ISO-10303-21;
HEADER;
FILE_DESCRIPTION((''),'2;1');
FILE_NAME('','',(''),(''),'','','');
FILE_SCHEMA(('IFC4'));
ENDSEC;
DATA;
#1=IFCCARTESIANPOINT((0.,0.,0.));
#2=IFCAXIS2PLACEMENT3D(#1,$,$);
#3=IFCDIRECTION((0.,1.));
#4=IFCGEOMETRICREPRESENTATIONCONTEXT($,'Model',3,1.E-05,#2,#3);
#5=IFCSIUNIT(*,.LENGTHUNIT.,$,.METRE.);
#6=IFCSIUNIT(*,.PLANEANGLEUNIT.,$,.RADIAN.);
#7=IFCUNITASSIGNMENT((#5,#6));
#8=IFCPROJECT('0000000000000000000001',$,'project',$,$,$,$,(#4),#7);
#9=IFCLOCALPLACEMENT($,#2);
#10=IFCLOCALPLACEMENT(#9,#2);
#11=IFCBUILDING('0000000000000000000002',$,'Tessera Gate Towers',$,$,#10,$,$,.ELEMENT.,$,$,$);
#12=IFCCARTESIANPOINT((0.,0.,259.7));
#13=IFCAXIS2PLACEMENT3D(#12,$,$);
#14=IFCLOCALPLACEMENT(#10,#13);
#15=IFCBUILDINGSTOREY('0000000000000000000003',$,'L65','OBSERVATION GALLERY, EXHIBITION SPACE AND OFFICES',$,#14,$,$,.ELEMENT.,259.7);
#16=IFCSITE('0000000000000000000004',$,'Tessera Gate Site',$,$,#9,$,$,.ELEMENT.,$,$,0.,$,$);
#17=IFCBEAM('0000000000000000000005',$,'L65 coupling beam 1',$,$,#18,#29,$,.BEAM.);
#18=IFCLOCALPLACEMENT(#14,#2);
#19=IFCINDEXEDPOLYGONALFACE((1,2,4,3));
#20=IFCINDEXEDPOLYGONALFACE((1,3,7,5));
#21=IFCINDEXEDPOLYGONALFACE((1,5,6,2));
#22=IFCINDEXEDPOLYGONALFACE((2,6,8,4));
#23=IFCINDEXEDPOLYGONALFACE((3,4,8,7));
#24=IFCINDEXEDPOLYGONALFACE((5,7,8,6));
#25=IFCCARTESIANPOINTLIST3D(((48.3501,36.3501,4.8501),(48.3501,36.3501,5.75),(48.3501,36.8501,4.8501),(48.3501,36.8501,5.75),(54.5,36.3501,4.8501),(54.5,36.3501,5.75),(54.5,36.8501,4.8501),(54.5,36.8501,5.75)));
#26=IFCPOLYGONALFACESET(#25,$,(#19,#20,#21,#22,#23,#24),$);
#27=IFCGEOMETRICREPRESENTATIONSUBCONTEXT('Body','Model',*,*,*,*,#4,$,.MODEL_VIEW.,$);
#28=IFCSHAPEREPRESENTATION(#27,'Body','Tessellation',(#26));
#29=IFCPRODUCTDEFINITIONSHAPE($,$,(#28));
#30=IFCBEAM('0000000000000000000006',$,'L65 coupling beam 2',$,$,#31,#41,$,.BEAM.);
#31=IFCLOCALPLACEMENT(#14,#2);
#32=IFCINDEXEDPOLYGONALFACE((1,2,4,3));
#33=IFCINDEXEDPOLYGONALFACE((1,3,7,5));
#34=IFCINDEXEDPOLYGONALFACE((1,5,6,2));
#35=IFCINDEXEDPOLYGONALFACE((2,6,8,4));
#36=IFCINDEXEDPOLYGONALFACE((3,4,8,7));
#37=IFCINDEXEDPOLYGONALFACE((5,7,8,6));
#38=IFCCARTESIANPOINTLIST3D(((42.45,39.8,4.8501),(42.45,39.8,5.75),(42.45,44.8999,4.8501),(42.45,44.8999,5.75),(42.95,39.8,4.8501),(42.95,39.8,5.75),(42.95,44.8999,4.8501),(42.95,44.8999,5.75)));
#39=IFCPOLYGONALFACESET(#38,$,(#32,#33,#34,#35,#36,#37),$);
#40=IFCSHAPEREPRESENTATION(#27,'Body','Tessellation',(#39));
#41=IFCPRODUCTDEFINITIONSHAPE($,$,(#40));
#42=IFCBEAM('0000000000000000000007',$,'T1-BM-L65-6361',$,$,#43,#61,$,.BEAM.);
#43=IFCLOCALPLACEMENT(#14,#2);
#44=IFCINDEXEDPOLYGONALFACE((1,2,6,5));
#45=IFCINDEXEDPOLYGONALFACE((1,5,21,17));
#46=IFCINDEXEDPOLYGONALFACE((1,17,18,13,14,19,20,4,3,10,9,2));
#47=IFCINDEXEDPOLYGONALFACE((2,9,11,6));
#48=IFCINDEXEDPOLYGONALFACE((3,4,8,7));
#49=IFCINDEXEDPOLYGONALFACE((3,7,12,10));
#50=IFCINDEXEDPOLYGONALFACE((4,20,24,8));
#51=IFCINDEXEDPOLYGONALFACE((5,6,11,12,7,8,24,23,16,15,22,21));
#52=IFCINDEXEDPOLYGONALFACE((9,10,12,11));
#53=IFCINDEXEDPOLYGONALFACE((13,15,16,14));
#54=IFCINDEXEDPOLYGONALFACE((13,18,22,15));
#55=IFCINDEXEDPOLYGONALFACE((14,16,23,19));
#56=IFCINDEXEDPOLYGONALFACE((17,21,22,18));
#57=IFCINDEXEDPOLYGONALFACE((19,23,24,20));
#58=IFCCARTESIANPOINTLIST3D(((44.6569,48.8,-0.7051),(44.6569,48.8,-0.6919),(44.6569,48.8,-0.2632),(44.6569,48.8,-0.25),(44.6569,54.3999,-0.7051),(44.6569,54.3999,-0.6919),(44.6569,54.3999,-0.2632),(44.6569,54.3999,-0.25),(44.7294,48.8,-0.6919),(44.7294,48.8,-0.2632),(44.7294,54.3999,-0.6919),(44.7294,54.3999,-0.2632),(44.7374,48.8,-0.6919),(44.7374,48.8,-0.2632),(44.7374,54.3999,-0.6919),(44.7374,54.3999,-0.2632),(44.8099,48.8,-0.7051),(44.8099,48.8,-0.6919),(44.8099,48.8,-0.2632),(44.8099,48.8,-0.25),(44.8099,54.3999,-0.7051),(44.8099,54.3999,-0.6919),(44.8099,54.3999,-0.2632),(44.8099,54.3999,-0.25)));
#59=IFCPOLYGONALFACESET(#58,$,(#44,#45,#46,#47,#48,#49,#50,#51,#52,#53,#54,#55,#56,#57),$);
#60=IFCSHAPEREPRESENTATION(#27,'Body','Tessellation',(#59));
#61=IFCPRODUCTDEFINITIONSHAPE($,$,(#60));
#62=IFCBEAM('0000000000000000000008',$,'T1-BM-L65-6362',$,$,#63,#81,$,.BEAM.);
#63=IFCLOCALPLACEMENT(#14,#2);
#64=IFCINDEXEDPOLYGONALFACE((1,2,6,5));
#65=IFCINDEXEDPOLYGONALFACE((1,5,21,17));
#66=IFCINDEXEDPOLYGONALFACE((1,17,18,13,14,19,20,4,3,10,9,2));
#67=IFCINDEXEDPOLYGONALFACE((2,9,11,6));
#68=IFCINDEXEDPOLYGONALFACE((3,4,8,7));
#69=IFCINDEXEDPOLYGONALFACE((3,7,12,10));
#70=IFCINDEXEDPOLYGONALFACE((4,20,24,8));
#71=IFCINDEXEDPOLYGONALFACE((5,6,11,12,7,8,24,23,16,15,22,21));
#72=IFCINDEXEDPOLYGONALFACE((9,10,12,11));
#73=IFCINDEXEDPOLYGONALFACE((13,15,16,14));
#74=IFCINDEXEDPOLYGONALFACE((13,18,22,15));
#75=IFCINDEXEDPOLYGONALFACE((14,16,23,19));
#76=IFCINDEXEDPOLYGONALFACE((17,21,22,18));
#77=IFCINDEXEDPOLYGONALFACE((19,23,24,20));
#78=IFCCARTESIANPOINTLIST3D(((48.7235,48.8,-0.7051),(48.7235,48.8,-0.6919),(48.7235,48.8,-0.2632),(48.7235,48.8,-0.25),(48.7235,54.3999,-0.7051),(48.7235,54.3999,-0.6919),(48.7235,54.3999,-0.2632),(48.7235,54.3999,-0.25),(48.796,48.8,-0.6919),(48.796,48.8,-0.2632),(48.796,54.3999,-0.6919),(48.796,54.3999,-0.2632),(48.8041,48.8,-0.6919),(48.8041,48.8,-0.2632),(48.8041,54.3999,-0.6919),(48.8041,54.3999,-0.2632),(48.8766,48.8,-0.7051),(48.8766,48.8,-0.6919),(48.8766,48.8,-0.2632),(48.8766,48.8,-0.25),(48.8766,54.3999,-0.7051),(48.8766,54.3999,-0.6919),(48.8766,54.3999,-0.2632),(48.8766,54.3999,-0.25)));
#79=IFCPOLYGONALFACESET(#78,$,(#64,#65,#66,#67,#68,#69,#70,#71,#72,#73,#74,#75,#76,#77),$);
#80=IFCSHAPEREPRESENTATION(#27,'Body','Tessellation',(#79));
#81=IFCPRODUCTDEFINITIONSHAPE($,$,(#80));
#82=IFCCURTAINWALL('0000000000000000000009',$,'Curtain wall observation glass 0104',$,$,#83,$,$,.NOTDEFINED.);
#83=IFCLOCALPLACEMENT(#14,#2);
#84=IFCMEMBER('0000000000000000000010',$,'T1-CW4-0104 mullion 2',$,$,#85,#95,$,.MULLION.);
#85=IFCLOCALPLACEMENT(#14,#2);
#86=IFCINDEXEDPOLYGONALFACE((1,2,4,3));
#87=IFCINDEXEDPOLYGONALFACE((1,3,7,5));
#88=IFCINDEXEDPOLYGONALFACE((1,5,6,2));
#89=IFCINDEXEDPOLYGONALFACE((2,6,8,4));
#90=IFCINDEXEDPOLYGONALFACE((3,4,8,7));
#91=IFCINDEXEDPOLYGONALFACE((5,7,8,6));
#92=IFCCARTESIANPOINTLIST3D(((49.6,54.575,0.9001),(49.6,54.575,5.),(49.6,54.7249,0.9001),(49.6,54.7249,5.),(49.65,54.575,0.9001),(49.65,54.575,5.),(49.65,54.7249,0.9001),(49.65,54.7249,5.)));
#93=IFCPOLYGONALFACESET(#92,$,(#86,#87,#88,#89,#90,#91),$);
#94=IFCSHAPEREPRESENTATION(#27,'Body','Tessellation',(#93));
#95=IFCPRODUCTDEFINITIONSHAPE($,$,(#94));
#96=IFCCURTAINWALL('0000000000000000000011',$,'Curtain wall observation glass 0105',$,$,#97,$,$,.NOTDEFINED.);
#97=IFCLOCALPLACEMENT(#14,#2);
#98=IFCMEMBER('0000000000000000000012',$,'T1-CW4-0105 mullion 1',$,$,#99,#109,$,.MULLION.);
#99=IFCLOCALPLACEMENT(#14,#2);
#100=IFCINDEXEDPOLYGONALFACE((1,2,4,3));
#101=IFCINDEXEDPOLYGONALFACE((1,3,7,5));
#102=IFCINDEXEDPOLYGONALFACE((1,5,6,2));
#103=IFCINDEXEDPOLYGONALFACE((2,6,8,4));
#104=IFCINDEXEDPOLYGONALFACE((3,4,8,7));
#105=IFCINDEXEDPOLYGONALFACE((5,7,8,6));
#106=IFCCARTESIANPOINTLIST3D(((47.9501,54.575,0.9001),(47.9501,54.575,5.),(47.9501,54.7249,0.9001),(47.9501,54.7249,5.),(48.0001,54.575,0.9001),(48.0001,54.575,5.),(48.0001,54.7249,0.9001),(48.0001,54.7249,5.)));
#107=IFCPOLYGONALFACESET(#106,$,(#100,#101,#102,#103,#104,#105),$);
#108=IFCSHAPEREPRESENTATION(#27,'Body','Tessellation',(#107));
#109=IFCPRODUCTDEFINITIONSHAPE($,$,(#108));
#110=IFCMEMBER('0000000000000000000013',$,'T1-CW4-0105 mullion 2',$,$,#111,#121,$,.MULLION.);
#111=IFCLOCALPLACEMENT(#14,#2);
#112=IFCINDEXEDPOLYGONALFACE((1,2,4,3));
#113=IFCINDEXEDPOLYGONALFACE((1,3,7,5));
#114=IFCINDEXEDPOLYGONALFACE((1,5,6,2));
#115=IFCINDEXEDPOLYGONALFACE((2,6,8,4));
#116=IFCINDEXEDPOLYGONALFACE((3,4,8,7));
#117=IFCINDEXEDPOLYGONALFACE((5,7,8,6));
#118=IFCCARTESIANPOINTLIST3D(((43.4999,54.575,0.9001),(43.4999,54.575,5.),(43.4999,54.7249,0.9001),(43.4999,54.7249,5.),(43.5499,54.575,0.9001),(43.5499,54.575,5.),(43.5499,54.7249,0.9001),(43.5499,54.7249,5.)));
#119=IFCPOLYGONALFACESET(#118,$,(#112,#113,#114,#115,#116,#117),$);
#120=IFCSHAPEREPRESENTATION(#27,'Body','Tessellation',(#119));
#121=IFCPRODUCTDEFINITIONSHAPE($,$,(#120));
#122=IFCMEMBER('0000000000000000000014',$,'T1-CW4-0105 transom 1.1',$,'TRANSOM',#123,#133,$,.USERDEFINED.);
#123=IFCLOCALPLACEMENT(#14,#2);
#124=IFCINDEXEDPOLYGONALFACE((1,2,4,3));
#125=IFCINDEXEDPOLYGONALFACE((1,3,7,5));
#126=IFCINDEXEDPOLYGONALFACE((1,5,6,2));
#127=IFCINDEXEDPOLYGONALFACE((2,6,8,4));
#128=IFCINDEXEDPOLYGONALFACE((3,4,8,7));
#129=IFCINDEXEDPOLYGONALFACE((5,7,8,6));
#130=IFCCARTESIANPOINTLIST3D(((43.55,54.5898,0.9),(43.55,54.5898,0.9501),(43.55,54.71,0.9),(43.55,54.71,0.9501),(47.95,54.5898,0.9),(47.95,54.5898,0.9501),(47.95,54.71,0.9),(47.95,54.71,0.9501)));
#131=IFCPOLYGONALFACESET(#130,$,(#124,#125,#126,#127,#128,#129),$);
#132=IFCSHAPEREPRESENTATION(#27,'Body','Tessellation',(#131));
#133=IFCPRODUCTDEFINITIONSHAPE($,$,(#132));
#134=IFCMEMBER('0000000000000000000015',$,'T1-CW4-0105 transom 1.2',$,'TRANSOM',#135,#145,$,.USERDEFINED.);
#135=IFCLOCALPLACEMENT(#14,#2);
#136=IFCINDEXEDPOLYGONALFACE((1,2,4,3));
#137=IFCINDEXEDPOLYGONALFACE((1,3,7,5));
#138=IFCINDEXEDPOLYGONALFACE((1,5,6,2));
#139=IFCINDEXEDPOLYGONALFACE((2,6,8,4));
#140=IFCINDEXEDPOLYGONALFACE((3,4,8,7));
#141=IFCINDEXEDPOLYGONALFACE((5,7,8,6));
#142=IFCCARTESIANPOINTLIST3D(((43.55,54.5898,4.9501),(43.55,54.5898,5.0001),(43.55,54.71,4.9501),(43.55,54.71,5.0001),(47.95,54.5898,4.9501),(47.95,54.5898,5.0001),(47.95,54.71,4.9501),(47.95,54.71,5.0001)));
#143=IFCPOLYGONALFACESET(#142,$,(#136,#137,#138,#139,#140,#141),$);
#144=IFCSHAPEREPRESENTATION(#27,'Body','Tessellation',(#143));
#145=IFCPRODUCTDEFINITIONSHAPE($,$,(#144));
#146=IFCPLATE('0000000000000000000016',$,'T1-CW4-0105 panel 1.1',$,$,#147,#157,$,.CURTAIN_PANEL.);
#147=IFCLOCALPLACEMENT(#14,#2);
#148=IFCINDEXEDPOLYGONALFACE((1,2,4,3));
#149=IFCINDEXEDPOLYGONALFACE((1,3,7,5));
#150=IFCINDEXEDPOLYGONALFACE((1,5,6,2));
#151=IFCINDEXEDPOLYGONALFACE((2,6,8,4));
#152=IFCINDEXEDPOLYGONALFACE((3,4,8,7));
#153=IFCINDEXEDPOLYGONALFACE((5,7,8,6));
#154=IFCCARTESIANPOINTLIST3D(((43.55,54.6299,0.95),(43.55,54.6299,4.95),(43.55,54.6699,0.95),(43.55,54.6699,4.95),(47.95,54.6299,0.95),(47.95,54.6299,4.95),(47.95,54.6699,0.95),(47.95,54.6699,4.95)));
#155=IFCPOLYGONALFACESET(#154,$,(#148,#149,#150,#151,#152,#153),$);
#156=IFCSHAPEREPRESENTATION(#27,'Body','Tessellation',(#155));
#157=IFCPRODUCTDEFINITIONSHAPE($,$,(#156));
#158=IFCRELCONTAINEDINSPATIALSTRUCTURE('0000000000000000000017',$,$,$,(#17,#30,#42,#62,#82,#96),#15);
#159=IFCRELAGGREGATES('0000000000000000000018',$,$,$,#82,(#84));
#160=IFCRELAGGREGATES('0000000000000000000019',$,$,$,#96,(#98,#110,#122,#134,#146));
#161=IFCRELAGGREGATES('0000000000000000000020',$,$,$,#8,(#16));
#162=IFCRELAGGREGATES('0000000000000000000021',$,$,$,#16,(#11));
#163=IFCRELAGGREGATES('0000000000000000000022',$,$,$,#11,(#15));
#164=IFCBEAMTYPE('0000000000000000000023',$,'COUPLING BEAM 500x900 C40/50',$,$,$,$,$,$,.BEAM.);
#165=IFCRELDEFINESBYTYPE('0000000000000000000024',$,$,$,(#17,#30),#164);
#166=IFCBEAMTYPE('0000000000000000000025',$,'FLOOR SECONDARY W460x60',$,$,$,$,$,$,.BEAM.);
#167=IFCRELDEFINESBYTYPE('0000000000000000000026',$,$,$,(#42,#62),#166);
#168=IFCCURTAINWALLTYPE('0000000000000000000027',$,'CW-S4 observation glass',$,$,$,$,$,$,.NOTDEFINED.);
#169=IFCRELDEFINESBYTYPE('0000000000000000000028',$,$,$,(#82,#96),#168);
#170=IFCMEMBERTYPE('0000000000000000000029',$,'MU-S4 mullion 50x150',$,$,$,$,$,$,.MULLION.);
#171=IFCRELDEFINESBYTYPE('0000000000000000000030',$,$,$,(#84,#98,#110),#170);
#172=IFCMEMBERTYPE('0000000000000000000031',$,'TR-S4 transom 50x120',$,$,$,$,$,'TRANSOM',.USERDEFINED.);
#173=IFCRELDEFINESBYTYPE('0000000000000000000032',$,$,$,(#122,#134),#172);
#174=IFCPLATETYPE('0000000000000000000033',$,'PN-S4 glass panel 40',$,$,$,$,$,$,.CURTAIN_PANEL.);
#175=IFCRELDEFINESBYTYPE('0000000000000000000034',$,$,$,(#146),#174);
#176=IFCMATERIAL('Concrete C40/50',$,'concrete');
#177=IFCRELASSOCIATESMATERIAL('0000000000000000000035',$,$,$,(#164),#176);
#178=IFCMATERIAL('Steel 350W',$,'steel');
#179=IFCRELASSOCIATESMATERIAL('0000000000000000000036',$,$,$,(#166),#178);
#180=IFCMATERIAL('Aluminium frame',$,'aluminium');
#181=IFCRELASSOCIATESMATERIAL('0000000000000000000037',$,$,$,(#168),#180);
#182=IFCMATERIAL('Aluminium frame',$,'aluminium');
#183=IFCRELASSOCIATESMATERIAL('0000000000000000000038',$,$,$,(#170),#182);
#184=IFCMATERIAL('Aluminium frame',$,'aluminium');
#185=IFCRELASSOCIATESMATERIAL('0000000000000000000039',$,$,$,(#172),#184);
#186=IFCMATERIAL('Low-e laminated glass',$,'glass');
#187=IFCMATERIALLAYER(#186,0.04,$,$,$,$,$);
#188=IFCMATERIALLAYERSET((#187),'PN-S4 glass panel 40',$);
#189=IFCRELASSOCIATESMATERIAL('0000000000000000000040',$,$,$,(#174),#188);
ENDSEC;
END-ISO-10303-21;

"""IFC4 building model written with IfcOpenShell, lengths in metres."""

from ifc_helpers import new_model, si_unit, direction, frame, origin, origin_2d, place, context, subcontext, project, spatial, rectangle, i_section, extrude, material, layer, layer_set, material_profile, profile_set, type_object, element, aggregate, save


model = new_model("IFC4")

# Units and contexts
model_context = context("Model", 3, precision=1e-05, world=origin(), true_north=direction((0.0, 1.0)))
body_context = subcontext(model_context, "Body", "Model", "MODEL_VIEW")
ifc_project = project(units=[si_unit("LENGTHUNIT", "METRE"), si_unit("PLANEANGLEUNIT", "RADIAN")], contexts=[model_context])

# Site, building, storey
site_placement = place(None, origin())
site = spatial("IfcSite", under=ifc_project, at=site_placement, Name="Tessera Gate Site", CompositionType="ELEMENT", RefElevation=0.0)
building_placement = place(site_placement, origin())
building = spatial("IfcBuilding", under=site, at=building_placement, Name="Tessera Gate Towers", CompositionType="ELEMENT")
storey_placement = place(building_placement, frame((0.0, 0.0, 259.7)))
storey = spatial("IfcBuildingStorey", under=building, at=storey_placement, Name="L65", Description="OBSERVATION GALLERY, EXHIBITION SPACE AND OFFICES", CompositionType="ELEMENT", Elevation=259.7)

# Beams
ifc_material_1 = material(Name="Concrete C40/50", Category="concrete")
ifc_material_profile_1 = material_profile(ifc_material_1, rectangle(XDim=0.5, YDim=0.8999, at=origin_2d()), Name="RC 500x900")
ifc_profile_set_1 = profile_set([ifc_material_profile_1], Name="Concrete C40/50")
beam_type_1 = type_object("IfcBeamType", Name="COUPLING BEAM 500x900 C40/50", PredefinedType="BEAM", material=ifc_profile_set_1)
beam_1_placement = place(storey_placement, frame((48.3501, 36.6001, 5.3), z_axis=(1.0, 0.0, 0.0), x_axis=(0.0, 1.0, 0.0)))
element("IfcBeam", 1, at=beam_1_placement, inside=storey, type_object=beam_type_1, Name="L65 coupling beam 1", PredefinedType="BEAM", context=body_context, shape_type="SweptSolid", body=[
    extrude(rectangle(XDim=0.5, YDim=0.8999, at=origin_2d()), origin(), (0.0, 0.0, 1.0), 6.1499),
])
beam_2_placement = place(storey_placement, frame((42.7, 39.8, 5.3), z_axis=(0.0, 1.0, 0.0), x_axis=(-1.0, 0.0, 0.0)))
element("IfcBeam", 2, at=beam_2_placement, inside=storey, type_object=beam_type_1, Name="L65 coupling beam 2", PredefinedType="BEAM", context=body_context, shape_type="SweptSolid", body=[
    extrude(rectangle(XDim=0.5, YDim=0.8999, at=origin_2d()), origin(), (0.0, 0.0, 1.0), 5.0999),
])
ifc_material_2 = material(Name="Steel 350W", Category="steel")
ifc_material_profile_2 = material_profile(ifc_material_2, i_section(OverallWidth=0.1531, OverallDepth=0.4551, WebThickness=0.0081, FlangeThickness=0.0132, at=origin_2d()), Name="W460x60")
ifc_profile_set_2 = profile_set([ifc_material_profile_2], Name="Steel 350W")
beam_type_2 = type_object("IfcBeamType", Name="FLOOR SECONDARY W460x60", PredefinedType="BEAM", material=ifc_profile_set_2)
for number, where, z_axis, x_axis, name in (
    (3, (44.7334, 48.8, -0.4775), (0.0, 1.0, 0.0), (-1.0, 0.0, 0.0), "T1-BM-L65-6361"),
    (4, (48.8, 48.8, -0.4775), (0.0, 1.0, 0.0), (-1.0, 0.0, 0.0), "T1-BM-L65-6362"),
):
    element("IfcBeam", number, at=place(storey_placement, frame(where, z_axis=z_axis, x_axis=x_axis)), inside=storey, type_object=beam_type_2, Name=name, PredefinedType="BEAM", context=body_context, shape_type="SweptSolid", body=[
        extrude(i_section(OverallWidth=0.1531, OverallDepth=0.4551, WebThickness=0.0081, FlangeThickness=0.0132, at=origin_2d()), origin(), (0.0, 0.0, 1.0), 5.5999),
    ])

# Curtain wall, member
ifc_material_3 = material(Name="Aluminium frame", Category="aluminium")
curtain_wall_type = type_object("IfcCurtainWallType", Name="CW-S4 observation glass", PredefinedType="NOTDEFINED", material=ifc_material_3)
curtain_wall_1_placement = place(storey_placement, origin())
curtain_wall_1 = element("IfcCurtainWall", 5, at=curtain_wall_1_placement, inside=storey, type_object=curtain_wall_type, Name="Curtain wall observation glass 0104", PredefinedType="NOTDEFINED")
ifc_material_4 = material(Name="Aluminium frame", Category="aluminium")
ifc_material_profile_3 = material_profile(ifc_material_4, rectangle(XDim=0.05, YDim=0.1499, at=origin_2d()), Name="AL 50x150")
ifc_profile_set_3 = profile_set([ifc_material_profile_3], Name="Aluminium frame")
member_type_1 = type_object("IfcMemberType", Name="MU-S4 mullion 50x150", PredefinedType="MULLION", material=ifc_profile_set_3)
member_1_placement = place(storey_placement, frame((49.625, 54.6499, 0.9001), z_axis=(0.0, 0.0, 1.0), x_axis=(-1.0, 0.0, 0.0)))
member_1 = element("IfcMember", 6, at=member_1_placement, type_object=member_type_1, Name="T1-CW4-0104 mullion 2", PredefinedType="MULLION", context=body_context, shape_type="SweptSolid", body=[
    extrude(rectangle(XDim=0.05, YDim=0.1499, at=origin_2d()), origin(), (0.0, 0.0, 1.0), 4.0999),
])
aggregate(curtain_wall_1, [member_1])

# Curtain wall, members, plate
curtain_wall_2_placement = place(storey_placement, origin())
curtain_wall_2 = element("IfcCurtainWall", 7, at=curtain_wall_2_placement, inside=storey, type_object=curtain_wall_type, Name="Curtain wall observation glass 0105", PredefinedType="NOTDEFINED")
member_2_placement = place(storey_placement, frame((47.9751, 54.6499, 0.9001), z_axis=(0.0, 0.0, 1.0), x_axis=(-1.0, 0.0, 0.0)))
member_2 = element("IfcMember", 8, at=member_2_placement, type_object=member_type_1, Name="T1-CW4-0105 mullion 1", PredefinedType="MULLION", context=body_context, shape_type="SweptSolid", body=[
    extrude(rectangle(XDim=0.05, YDim=0.1499, at=origin_2d()), origin(), (0.0, 0.0, 1.0), 4.0999),
])
member_3_placement = place(storey_placement, frame((43.5249, 54.6499, 0.9001), z_axis=(0.0, 0.0, 1.0), x_axis=(-1.0, 0.0, 0.0)))
member_3 = element("IfcMember", 9, at=member_3_placement, type_object=member_type_1, Name="T1-CW4-0105 mullion 2", PredefinedType="MULLION", context=body_context, shape_type="SweptSolid", body=[
    extrude(rectangle(XDim=0.05, YDim=0.1499, at=origin_2d()), origin(), (0.0, 0.0, 1.0), 4.0999),
])
ifc_material_5 = material(Name="Aluminium frame", Category="aluminium")
ifc_material_profile_4 = material_profile(ifc_material_5, rectangle(XDim=0.1201, YDim=0.05, at=origin_2d()), Name="AL 50x120")
ifc_profile_set_4 = profile_set([ifc_material_profile_4], Name="Aluminium frame")
member_type_2 = type_object("IfcMemberType", Name="TR-S4 transom 50x120", ElementType="TRANSOM", PredefinedType="USERDEFINED", material=ifc_profile_set_4)
member_4_placement = place(storey_placement, frame((47.95, 54.6499, 0.925), z_axis=(-1.0, 0.0, 0.0), x_axis=(0.0, -1.0, 0.0)))
member_4 = element("IfcMember", 10, at=member_4_placement, type_object=member_type_2, Name="T1-CW4-0105 transom 1.1", ObjectType="TRANSOM", PredefinedType="USERDEFINED", context=body_context, shape_type="SweptSolid", body=[
    extrude(rectangle(XDim=0.1201, YDim=0.05, at=origin_2d()), origin(), (0.0, 0.0, 1.0), 4.3999),
])
member_5_placement = place(storey_placement, frame((47.95, 54.6499, 4.9751), z_axis=(-1.0, 0.0, 0.0), x_axis=(0.0, -1.0, 0.0)))
member_5 = element("IfcMember", 11, at=member_5_placement, type_object=member_type_2, Name="T1-CW4-0105 transom 1.2", ObjectType="TRANSOM", PredefinedType="USERDEFINED", context=body_context, shape_type="SweptSolid", body=[
    extrude(rectangle(XDim=0.1201, YDim=0.05, at=origin_2d()), origin(), (0.0, 0.0, 1.0), 4.3999),
])
ifc_material_6 = material(Name="Low-e laminated glass", Category="glass")
ifc_layer_1 = layer(ifc_material_6, 0.04)
ifc_layer_set_1 = layer_set([ifc_layer_1], Name="PN-S4 glass panel 40")
plate_type = type_object("IfcPlateType", Name="PN-S4 glass panel 40", PredefinedType="CURTAIN_PANEL", material=ifc_layer_set_1)
plate_placement = place(storey_placement, frame((45.75, 54.6499, 0.95), z_axis=(0.0, 0.0, 1.0), x_axis=(-1.0, 0.0, 0.0)))
plate = element("IfcPlate", 12, at=plate_placement, type_object=plate_type, Name="T1-CW4-0105 panel 1.1", PredefinedType="CURTAIN_PANEL", context=body_context, shape_type="SweptSolid", body=[
    extrude(rectangle(XDim=4.3999, YDim=0.04, at=origin_2d()), origin(), (0.0, 0.0, 1.0), 4.0),
])
aggregate(curtain_wall_2, [member_2, member_3, member_4, member_5, plate])

save(model, "model.ifc")
